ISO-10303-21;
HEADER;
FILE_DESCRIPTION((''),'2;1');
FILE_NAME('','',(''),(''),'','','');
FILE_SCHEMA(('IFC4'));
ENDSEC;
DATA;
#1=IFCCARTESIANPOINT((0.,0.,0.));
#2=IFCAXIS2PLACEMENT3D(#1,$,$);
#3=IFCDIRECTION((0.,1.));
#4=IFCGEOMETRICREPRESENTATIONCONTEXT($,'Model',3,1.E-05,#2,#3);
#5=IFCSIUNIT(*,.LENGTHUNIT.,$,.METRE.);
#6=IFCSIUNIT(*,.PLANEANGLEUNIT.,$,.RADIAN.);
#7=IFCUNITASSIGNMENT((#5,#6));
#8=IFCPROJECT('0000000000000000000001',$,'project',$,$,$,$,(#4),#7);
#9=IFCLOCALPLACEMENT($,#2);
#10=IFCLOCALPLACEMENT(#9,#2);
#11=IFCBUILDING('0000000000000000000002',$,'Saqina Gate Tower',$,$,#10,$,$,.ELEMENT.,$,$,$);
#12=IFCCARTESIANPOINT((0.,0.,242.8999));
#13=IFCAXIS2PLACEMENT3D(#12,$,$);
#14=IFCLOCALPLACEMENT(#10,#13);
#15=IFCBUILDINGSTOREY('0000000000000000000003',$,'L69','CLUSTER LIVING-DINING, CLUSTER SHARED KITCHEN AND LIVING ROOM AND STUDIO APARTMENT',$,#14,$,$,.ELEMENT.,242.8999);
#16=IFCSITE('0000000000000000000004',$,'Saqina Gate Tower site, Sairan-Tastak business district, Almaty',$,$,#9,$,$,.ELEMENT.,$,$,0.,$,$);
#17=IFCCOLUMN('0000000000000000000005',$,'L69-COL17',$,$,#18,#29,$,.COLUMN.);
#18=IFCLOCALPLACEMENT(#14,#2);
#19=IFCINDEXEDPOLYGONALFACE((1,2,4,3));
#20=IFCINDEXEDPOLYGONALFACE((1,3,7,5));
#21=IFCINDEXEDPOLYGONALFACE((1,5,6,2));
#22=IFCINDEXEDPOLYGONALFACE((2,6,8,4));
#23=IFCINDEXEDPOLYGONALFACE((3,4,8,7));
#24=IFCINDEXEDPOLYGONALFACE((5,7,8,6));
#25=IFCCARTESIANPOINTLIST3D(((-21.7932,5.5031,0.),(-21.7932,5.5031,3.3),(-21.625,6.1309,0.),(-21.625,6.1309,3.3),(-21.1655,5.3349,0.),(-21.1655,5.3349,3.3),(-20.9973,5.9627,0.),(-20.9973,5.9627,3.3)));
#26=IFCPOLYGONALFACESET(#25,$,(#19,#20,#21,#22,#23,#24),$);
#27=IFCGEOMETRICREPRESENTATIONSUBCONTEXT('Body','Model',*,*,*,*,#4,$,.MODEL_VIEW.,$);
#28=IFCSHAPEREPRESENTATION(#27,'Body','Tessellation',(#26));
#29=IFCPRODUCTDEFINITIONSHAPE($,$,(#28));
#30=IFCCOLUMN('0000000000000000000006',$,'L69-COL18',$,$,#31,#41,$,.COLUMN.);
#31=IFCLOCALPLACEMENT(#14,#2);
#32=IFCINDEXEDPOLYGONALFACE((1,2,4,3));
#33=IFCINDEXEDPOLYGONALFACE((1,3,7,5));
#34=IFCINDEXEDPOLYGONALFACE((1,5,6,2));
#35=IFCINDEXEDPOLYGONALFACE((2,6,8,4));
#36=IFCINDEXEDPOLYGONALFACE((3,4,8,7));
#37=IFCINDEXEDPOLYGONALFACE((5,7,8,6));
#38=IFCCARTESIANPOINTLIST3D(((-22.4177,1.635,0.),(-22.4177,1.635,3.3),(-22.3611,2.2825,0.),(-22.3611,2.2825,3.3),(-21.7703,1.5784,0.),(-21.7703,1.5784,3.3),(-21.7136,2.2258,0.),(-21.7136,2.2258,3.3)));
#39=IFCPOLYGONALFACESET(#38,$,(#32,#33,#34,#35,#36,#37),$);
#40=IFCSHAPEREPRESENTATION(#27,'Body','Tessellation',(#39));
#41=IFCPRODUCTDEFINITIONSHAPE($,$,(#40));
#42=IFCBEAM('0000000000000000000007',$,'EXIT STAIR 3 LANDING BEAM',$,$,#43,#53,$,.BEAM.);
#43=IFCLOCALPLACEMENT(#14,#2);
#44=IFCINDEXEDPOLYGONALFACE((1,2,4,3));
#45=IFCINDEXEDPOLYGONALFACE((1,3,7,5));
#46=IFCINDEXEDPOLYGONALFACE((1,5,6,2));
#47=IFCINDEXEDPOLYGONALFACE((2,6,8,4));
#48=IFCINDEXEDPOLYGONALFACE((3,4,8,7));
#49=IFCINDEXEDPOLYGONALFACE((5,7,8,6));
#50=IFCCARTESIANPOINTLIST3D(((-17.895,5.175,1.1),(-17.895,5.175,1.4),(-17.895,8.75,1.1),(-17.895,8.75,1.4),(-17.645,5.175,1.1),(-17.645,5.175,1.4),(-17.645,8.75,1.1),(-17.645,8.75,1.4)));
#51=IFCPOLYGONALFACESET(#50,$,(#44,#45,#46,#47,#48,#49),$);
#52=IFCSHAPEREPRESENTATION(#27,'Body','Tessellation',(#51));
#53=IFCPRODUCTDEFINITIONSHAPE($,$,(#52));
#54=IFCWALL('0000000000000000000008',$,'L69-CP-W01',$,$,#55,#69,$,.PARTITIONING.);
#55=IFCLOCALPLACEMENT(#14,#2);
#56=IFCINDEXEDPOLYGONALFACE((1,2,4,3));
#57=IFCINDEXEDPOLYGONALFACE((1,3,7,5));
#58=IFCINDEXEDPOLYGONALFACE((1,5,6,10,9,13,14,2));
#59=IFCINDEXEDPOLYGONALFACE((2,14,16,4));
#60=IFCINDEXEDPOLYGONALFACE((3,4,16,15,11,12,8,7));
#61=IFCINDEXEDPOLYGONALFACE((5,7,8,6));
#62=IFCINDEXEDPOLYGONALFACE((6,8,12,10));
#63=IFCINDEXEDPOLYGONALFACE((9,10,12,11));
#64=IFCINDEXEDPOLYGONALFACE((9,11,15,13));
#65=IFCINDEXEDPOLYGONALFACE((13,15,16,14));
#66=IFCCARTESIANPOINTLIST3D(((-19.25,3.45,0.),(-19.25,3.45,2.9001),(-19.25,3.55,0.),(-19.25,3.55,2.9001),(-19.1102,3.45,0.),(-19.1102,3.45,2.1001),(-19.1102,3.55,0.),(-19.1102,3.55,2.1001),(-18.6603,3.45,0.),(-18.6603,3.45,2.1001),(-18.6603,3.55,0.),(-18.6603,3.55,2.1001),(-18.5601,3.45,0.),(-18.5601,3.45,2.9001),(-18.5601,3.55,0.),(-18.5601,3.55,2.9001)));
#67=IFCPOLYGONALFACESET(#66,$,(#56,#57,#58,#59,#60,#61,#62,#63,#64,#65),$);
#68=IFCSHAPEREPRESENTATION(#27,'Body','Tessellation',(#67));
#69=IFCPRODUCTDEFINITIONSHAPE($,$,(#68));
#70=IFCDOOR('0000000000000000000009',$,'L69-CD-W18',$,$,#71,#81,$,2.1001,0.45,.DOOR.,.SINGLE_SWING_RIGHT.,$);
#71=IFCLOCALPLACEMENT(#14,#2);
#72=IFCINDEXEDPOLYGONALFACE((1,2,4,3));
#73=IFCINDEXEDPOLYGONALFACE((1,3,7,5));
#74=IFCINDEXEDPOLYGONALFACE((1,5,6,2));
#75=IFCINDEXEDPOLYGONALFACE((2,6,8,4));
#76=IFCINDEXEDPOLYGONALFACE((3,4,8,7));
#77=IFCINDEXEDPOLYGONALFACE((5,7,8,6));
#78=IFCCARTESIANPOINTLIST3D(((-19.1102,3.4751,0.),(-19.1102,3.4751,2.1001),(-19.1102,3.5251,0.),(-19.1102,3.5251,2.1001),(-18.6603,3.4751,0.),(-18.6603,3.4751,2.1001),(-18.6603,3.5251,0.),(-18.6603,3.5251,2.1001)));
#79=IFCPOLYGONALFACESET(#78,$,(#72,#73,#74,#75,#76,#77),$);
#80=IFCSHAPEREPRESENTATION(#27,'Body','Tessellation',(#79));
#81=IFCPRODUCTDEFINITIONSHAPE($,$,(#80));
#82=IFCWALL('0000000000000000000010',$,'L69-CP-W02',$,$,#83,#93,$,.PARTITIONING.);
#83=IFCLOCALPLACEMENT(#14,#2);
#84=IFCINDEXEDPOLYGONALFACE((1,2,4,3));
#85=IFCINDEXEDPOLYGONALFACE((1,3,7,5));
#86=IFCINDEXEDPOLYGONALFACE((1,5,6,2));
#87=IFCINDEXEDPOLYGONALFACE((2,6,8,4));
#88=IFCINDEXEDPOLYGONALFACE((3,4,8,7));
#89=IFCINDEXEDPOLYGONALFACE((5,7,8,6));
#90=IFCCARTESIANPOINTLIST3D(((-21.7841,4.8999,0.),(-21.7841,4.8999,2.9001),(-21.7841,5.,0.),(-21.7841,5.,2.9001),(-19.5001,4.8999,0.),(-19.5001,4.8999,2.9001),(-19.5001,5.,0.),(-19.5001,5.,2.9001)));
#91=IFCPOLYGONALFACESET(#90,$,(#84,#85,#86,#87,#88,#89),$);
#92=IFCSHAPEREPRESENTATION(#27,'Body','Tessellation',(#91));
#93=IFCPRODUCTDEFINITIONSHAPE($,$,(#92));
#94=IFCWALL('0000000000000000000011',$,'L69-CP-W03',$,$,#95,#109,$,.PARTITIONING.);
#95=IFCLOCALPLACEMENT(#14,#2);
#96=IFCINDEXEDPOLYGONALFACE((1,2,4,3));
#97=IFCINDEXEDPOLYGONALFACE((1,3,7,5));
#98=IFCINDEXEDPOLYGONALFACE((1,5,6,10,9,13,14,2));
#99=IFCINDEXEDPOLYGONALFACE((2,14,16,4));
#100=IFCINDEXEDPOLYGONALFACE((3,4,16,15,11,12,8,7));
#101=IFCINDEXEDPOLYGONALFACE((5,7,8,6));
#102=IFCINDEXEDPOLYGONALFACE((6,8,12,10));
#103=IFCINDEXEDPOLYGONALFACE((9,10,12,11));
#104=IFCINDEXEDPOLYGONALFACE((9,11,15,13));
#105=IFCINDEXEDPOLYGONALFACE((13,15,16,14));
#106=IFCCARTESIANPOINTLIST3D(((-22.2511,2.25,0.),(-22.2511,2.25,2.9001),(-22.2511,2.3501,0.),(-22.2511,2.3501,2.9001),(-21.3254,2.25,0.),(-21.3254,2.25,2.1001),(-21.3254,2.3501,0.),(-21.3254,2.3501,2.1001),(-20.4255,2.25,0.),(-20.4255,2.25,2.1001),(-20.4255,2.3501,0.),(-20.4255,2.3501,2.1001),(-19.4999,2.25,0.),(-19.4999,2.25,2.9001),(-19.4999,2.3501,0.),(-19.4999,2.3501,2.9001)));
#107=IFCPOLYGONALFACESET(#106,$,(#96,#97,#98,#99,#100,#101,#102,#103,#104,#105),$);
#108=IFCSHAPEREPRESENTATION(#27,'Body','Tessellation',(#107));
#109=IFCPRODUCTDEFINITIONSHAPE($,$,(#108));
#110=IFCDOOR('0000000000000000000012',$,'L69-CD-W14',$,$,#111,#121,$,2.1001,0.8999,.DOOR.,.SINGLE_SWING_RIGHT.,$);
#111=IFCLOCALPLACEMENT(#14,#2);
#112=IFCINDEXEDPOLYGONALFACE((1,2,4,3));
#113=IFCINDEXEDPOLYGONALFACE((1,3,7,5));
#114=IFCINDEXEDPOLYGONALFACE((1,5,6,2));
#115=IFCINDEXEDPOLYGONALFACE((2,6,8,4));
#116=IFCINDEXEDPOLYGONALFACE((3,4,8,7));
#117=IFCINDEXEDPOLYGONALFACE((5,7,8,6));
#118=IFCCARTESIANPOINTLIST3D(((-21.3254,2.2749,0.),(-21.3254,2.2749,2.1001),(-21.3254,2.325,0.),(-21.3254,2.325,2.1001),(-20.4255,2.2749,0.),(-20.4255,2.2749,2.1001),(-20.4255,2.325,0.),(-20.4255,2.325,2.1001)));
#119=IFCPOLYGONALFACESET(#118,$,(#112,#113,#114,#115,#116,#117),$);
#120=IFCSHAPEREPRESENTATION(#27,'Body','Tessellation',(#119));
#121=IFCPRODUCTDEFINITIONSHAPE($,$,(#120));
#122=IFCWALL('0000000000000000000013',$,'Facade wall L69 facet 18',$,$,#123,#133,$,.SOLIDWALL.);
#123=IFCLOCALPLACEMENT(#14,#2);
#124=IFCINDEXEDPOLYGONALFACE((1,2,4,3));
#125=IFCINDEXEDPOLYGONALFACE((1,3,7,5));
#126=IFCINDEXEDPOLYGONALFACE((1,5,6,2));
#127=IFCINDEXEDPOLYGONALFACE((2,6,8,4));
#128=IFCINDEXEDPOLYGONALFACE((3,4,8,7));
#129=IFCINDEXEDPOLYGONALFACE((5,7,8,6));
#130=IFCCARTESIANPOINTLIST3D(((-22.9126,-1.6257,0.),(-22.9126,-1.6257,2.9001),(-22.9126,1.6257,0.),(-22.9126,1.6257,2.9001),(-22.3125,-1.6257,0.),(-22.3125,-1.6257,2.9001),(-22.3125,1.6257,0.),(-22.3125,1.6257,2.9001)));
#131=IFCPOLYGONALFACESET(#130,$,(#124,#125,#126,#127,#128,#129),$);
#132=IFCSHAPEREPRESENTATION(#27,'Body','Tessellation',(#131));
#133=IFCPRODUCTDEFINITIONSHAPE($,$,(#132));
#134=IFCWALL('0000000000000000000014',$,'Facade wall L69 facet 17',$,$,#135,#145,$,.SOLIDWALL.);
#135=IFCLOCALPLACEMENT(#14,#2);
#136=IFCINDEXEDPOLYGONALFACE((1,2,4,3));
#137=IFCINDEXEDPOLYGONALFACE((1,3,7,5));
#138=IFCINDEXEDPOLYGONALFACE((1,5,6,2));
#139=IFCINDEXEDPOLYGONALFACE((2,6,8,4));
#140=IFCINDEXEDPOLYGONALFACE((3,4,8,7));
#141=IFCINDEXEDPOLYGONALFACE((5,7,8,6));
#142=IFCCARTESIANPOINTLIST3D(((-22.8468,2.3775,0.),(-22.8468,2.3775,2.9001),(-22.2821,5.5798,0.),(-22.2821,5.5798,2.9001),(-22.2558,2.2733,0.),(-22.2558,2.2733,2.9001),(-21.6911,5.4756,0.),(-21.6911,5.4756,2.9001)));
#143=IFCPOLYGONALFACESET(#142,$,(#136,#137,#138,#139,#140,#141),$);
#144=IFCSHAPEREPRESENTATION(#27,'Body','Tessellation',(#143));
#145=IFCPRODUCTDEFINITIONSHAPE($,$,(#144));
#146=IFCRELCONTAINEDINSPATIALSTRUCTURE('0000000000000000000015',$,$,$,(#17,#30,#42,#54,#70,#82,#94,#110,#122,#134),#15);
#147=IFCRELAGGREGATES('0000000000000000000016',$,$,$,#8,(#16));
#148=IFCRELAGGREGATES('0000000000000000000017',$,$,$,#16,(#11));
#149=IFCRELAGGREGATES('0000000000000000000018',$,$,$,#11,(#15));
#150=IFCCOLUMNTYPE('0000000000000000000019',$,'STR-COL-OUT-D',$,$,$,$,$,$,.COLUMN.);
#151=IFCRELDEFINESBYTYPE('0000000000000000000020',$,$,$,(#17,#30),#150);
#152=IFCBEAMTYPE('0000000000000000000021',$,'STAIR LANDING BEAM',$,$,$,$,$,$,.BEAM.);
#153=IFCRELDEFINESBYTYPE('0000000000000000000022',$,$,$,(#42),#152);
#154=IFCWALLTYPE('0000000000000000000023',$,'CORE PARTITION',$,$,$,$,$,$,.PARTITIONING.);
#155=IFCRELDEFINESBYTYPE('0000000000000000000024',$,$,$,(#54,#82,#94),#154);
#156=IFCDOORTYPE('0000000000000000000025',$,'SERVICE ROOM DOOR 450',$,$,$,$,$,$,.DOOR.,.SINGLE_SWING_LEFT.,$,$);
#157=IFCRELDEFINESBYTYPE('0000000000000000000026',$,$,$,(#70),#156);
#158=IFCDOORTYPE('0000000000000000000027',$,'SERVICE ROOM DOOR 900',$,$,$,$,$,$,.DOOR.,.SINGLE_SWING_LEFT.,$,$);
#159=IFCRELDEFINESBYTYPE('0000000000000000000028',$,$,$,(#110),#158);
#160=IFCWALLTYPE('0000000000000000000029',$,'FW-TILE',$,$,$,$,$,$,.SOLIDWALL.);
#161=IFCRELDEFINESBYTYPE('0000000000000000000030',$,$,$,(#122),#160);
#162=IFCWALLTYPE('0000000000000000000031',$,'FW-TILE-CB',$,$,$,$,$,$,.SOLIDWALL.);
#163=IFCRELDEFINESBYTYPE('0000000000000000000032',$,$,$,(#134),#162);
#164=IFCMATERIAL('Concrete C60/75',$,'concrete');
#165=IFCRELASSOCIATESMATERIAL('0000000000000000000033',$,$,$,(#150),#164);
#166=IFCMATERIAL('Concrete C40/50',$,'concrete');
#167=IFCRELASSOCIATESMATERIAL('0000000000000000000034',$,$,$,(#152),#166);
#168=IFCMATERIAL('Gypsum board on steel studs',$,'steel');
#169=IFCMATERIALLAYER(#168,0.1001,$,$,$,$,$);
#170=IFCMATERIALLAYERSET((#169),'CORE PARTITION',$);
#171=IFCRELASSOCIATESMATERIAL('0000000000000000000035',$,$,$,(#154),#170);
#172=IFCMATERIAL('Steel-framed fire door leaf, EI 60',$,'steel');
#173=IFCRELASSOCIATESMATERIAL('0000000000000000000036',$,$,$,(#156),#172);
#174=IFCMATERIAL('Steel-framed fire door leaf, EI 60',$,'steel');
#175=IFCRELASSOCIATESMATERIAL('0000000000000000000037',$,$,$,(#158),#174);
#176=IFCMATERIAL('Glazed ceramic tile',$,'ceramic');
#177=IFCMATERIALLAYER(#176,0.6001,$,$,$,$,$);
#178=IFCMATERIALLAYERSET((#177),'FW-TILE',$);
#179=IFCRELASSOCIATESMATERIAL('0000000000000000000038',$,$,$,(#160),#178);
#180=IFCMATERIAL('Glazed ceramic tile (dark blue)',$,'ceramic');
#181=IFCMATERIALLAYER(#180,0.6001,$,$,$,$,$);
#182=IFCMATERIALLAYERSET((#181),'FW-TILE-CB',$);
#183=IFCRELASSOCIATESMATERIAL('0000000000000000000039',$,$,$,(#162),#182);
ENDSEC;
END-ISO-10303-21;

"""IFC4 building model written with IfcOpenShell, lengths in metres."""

from ifc_helpers import new_model, si_unit, direction, frame, frame_2d, origin, origin_2d, place, context, subcontext, project, spatial, rectangle, extrude, material, layer, layer_set, material_profile, profile_set, type_object, element, fill, save


model = new_model("IFC4")

# Units and contexts
model_context = context("Model", 3, precision=1e-05, world=origin(), true_north=direction((0.0, 1.0)))
body_context = subcontext(model_context, "Body", "Model", "MODEL_VIEW")
ifc_project = project(units=[si_unit("LENGTHUNIT", "METRE"), si_unit("PLANEANGLEUNIT", "RADIAN")], contexts=[model_context])

# Site, building, storey
site_placement = place(None, origin())
site = spatial("IfcSite", under=ifc_project, at=site_placement, Name="Saqina Gate Tower site, Sairan-Tastak business district, Almaty", CompositionType="ELEMENT", RefElevation=0.0)
building_placement = place(site_placement, origin())
building = spatial("IfcBuilding", under=site, at=building_placement, Name="Saqina Gate Tower", CompositionType="ELEMENT")
storey_placement = place(building_placement, frame((0.0, 0.0, 242.8999)))
storey = spatial("IfcBuildingStorey", under=building, at=storey_placement, Name="L69", Description="CLUSTER LIVING-DINING, CLUSTER SHARED KITCHEN AND LIVING ROOM AND STUDIO APARTMENT", CompositionType="ELEMENT", Elevation=242.8999)

# Columns
ifc_material_1 = material(Name="Concrete C60/75", Category="concrete")
ifc_material_profile_1 = material_profile(ifc_material_1, rectangle(XDim=0.6499, YDim=0.6499, at=origin_2d()), Name="RC 650x650")
ifc_profile_set_1 = profile_set([ifc_material_profile_1], Name="Concrete C60/75")
column_type = type_object("IfcColumnType", Name="STR-COL-OUT-D", PredefinedType="COLUMN", material=ifc_profile_set_1)
for number, where, z_axis, x_axis, name in (
    (1, (-21.3953, 5.7329, 0.0), (0.0, 0.0, 1.0), (-0.965926, 0.258819, 0.0), "L69-COL17"),
    (2, (-22.0657, 1.9304, 0.0), (0.0, 0.0, 1.0), (-0.996195, 0.087156, 0.0), "L69-COL18"),
):
    element("IfcColumn", number, at=place(storey_placement, frame(where, z_axis=z_axis, x_axis=x_axis)), inside=storey, type_object=column_type, Name=name, PredefinedType="COLUMN", context=body_context, shape_type="SweptSolid", body=[
        extrude(rectangle(XDim=0.6499, YDim=0.6499, at=origin_2d()), origin(), (0.0, 0.0, 1.0), 3.3),
    ])

# Beam
ifc_material_2 = material(Name="Concrete C40/50", Category="concrete")
ifc_material_profile_2 = material_profile(ifc_material_2, rectangle(XDim=0.25, YDim=0.3, at=origin_2d()), Name="STAIR LANDING BEAM")
ifc_profile_set_2 = profile_set([ifc_material_profile_2], Name="Concrete C40/50")
beam_type = type_object("IfcBeamType", Name="STAIR LANDING BEAM", PredefinedType="BEAM", material=ifc_profile_set_2)
beam_placement = place(storey_placement, frame((-17.77, 5.175, 1.25), z_axis=(0.0, 1.0, 0.0), x_axis=(-1.0, 0.0, 0.0)))
element("IfcBeam", 3, at=beam_placement, inside=storey, type_object=beam_type, Name="EXIT STAIR 3 LANDING BEAM", PredefinedType="BEAM", context=body_context, shape_type="SweptSolid", body=[
    extrude(rectangle(XDim=0.25, YDim=0.3, at=origin_2d()), origin(), (0.0, 0.0, 1.0), 3.575),
])

# Wall, opening, door
ifc_material_3 = material(Name="Gypsum board on steel studs", Category="steel")
ifc_layer_1 = layer(ifc_material_3, 0.1001)
ifc_layer_set_1 = layer_set([ifc_layer_1], Name="CORE PARTITION")
wall_type_1 = type_object("IfcWallType", Name="CORE PARTITION", PredefinedType="PARTITIONING", material=ifc_layer_set_1)
wall_1_placement = place(storey_placement, frame((-18.5601, 3.5, 0.0), z_axis=(0.0, 0.0, 1.0), x_axis=(-1.0, 0.0, 0.0)))
wall_1 = element("IfcWall", 4, at=wall_1_placement, inside=storey, type_object=wall_type_1, Name="L69-CP-W01", PredefinedType="PARTITIONING", context=body_context, shape_type="SweptSolid", body=[
    extrude(rectangle(XDim=0.6899, YDim=0.1001, at=frame_2d((0.345, 0.0))), origin(), (0.0, 0.0, 1.0), 2.9001),
])
opening_1_placement = place(wall_1_placement, frame((0.1001, 0.0, 0.0)))
opening_1 = element("IfcOpeningElement", 5, at=opening_1_placement, cuts=wall_1, PredefinedType="OPENING", context=body_context, shape_type="SweptSolid", body=[
    extrude(rectangle(XDim=0.45, YDim=2.1001, at=frame_2d((0.2251, 1.05))), frame((0.0, 0.062, 0.0), z_axis=(0.0, -1.0, 0.0), x_axis=(1.0, 0.0, 0.0)), (0.0, 0.0, 1.0), 0.124),
])
ifc_material_4 = material(Name="Steel-framed fire door leaf, EI 60", Category="steel")
door_type_1 = type_object("IfcDoorType", Name="SERVICE ROOM DOOR 450", OperationType="SINGLE_SWING_LEFT", PredefinedType="DOOR", material=ifc_material_4)
door_1_placement = place(opening_1_placement, origin())
door_1 = element("IfcDoor", 6, at=door_1_placement, inside=storey, type_object=door_type_1, Name="L69-CD-W18", OperationType="SINGLE_SWING_RIGHT", OverallHeight=2.1001, OverallWidth=0.45, PredefinedType="DOOR", context=body_context, shape_type="SweptSolid", body=[
    extrude(rectangle(XDim=0.45, YDim=2.1001, at=frame_2d((0.2251, 1.05))), frame((0.0, 0.0249, 0.0), z_axis=(0.0, -1.0, 0.0), x_axis=(1.0, 0.0, 0.0)), (0.0, 0.0, 1.0), 0.05),
])
fill(opening_1, door_1)

# Wall
wall_2_placement = place(storey_placement, frame((-19.5, 4.95, 0.0), z_axis=(0.0, 0.0, 1.0), x_axis=(-1.0, 0.0, 0.0)))
element("IfcWall", 7, at=wall_2_placement, inside=storey, type_object=wall_type_1, Name="L69-CP-W02", PredefinedType="PARTITIONING", context=body_context, shape_type="SweptSolid", body=[
    extrude(rectangle(XDim=2.2839, YDim=0.1001, at=frame_2d((1.1421, 0.0))), origin(), (0.0, 0.0, 1.0), 2.9001),
])

# Wall, opening, door
wall_3_placement = place(storey_placement, frame((-19.5, 2.3, 0.0), z_axis=(0.0, 0.0, 1.0), x_axis=(-1.0, 0.0, 0.0)))
wall_3 = element("IfcWall", 8, at=wall_3_placement, inside=storey, type_object=wall_type_1, Name="L69-CP-W03", PredefinedType="PARTITIONING", context=body_context, shape_type="SweptSolid", body=[
    extrude(rectangle(XDim=2.7512, YDim=0.1001, at=frame_2d((1.3755, 0.0))), origin(), (0.0, 0.0, 1.0), 2.9001),
])
opening_2_placement = place(wall_3_placement, frame((0.9255, 0.0, 0.0)))
opening_2 = element("IfcOpeningElement", 9, at=opening_2_placement, cuts=wall_3, PredefinedType="OPENING", context=body_context, shape_type="SweptSolid", body=[
    extrude(rectangle(XDim=0.8999, YDim=2.1001, at=frame_2d((0.45, 1.05))), frame((0.0, 0.062, 0.0), z_axis=(0.0, -1.0, 0.0), x_axis=(1.0, 0.0, 0.0)), (0.0, 0.0, 1.0), 0.124),
])
ifc_material_5 = material(Name="Steel-framed fire door leaf, EI 60", Category="steel")
door_type_2 = type_object("IfcDoorType", Name="SERVICE ROOM DOOR 900", OperationType="SINGLE_SWING_LEFT", PredefinedType="DOOR", material=ifc_material_5)
door_2_placement = place(opening_2_placement, frame((0.8999, 0.0, 0.0), z_axis=(0.0, 0.0, 1.0), x_axis=(-1.0, 0.0, 0.0)))
door_2 = element("IfcDoor", 10, at=door_2_placement, inside=storey, type_object=door_type_2, Name="L69-CD-W14", OperationType="SINGLE_SWING_RIGHT", OverallHeight=2.1001, OverallWidth=0.8999, PredefinedType="DOOR", context=body_context, shape_type="SweptSolid", body=[
    extrude(rectangle(XDim=0.8999, YDim=2.1001, at=frame_2d((0.45, 1.05))), frame((0.0, 0.0249, 0.0), z_axis=(0.0, -1.0, 0.0), x_axis=(1.0, 0.0, 0.0)), (0.0, 0.0, 1.0), 0.05),
])
fill(opening_2, door_2)

# Walls
ifc_material_6 = material(Name="Glazed ceramic tile", Category="ceramic")
ifc_layer_2 = layer(ifc_material_6, 0.6001)
ifc_layer_set_2 = layer_set([ifc_layer_2], Name="FW-TILE")
wall_type_2 = type_object("IfcWallType", Name="FW-TILE", PredefinedType="SOLIDWALL", material=ifc_layer_set_2)
wall_4_placement = place(storey_placement, frame((-22.6125, 1.6257, 0.0), z_axis=(0.0, 0.0, 1.0), x_axis=(0.0, -1.0, 0.0)))
element("IfcWall", 11, at=wall_4_placement, inside=storey, type_object=wall_type_2, Name="Facade wall L69 facet 18", PredefinedType="SOLIDWALL", context=body_context, shape_type="SweptSolid", body=[
    extrude(rectangle(XDim=3.2515, YDim=0.6001, at=frame_2d((1.6257, 0.0))), origin(), (0.0, 0.0, 1.0), 2.9001),
])
ifc_material_7 = material(Name="Glazed ceramic tile (dark blue)", Category="ceramic")
ifc_layer_3 = layer(ifc_material_7, 0.6001)
ifc_layer_set_3 = layer_set([ifc_layer_3], Name="FW-TILE-CB")
wall_type_3 = type_object("IfcWallType", Name="FW-TILE-CB", PredefinedType="SOLIDWALL", material=ifc_layer_set_3)
wall_5_placement = place(storey_placement, frame((-21.9866, 5.5278, 0.0), z_axis=(0.0, 0.0, 1.0), x_axis=(-0.173657, -0.984806, 0.0)))
element("IfcWall", 12, at=wall_5_placement, inside=storey, type_object=wall_type_3, Name="Facade wall L69 facet 17", PredefinedType="SOLIDWALL", context=body_context, shape_type="SweptSolid", body=[
    extrude(rectangle(XDim=3.2517, YDim=0.6001, at=frame_2d((1.626, 0.0))), origin(), (0.0, 0.0, 1.0), 2.9001),
])

save(model, "model.ifc")
